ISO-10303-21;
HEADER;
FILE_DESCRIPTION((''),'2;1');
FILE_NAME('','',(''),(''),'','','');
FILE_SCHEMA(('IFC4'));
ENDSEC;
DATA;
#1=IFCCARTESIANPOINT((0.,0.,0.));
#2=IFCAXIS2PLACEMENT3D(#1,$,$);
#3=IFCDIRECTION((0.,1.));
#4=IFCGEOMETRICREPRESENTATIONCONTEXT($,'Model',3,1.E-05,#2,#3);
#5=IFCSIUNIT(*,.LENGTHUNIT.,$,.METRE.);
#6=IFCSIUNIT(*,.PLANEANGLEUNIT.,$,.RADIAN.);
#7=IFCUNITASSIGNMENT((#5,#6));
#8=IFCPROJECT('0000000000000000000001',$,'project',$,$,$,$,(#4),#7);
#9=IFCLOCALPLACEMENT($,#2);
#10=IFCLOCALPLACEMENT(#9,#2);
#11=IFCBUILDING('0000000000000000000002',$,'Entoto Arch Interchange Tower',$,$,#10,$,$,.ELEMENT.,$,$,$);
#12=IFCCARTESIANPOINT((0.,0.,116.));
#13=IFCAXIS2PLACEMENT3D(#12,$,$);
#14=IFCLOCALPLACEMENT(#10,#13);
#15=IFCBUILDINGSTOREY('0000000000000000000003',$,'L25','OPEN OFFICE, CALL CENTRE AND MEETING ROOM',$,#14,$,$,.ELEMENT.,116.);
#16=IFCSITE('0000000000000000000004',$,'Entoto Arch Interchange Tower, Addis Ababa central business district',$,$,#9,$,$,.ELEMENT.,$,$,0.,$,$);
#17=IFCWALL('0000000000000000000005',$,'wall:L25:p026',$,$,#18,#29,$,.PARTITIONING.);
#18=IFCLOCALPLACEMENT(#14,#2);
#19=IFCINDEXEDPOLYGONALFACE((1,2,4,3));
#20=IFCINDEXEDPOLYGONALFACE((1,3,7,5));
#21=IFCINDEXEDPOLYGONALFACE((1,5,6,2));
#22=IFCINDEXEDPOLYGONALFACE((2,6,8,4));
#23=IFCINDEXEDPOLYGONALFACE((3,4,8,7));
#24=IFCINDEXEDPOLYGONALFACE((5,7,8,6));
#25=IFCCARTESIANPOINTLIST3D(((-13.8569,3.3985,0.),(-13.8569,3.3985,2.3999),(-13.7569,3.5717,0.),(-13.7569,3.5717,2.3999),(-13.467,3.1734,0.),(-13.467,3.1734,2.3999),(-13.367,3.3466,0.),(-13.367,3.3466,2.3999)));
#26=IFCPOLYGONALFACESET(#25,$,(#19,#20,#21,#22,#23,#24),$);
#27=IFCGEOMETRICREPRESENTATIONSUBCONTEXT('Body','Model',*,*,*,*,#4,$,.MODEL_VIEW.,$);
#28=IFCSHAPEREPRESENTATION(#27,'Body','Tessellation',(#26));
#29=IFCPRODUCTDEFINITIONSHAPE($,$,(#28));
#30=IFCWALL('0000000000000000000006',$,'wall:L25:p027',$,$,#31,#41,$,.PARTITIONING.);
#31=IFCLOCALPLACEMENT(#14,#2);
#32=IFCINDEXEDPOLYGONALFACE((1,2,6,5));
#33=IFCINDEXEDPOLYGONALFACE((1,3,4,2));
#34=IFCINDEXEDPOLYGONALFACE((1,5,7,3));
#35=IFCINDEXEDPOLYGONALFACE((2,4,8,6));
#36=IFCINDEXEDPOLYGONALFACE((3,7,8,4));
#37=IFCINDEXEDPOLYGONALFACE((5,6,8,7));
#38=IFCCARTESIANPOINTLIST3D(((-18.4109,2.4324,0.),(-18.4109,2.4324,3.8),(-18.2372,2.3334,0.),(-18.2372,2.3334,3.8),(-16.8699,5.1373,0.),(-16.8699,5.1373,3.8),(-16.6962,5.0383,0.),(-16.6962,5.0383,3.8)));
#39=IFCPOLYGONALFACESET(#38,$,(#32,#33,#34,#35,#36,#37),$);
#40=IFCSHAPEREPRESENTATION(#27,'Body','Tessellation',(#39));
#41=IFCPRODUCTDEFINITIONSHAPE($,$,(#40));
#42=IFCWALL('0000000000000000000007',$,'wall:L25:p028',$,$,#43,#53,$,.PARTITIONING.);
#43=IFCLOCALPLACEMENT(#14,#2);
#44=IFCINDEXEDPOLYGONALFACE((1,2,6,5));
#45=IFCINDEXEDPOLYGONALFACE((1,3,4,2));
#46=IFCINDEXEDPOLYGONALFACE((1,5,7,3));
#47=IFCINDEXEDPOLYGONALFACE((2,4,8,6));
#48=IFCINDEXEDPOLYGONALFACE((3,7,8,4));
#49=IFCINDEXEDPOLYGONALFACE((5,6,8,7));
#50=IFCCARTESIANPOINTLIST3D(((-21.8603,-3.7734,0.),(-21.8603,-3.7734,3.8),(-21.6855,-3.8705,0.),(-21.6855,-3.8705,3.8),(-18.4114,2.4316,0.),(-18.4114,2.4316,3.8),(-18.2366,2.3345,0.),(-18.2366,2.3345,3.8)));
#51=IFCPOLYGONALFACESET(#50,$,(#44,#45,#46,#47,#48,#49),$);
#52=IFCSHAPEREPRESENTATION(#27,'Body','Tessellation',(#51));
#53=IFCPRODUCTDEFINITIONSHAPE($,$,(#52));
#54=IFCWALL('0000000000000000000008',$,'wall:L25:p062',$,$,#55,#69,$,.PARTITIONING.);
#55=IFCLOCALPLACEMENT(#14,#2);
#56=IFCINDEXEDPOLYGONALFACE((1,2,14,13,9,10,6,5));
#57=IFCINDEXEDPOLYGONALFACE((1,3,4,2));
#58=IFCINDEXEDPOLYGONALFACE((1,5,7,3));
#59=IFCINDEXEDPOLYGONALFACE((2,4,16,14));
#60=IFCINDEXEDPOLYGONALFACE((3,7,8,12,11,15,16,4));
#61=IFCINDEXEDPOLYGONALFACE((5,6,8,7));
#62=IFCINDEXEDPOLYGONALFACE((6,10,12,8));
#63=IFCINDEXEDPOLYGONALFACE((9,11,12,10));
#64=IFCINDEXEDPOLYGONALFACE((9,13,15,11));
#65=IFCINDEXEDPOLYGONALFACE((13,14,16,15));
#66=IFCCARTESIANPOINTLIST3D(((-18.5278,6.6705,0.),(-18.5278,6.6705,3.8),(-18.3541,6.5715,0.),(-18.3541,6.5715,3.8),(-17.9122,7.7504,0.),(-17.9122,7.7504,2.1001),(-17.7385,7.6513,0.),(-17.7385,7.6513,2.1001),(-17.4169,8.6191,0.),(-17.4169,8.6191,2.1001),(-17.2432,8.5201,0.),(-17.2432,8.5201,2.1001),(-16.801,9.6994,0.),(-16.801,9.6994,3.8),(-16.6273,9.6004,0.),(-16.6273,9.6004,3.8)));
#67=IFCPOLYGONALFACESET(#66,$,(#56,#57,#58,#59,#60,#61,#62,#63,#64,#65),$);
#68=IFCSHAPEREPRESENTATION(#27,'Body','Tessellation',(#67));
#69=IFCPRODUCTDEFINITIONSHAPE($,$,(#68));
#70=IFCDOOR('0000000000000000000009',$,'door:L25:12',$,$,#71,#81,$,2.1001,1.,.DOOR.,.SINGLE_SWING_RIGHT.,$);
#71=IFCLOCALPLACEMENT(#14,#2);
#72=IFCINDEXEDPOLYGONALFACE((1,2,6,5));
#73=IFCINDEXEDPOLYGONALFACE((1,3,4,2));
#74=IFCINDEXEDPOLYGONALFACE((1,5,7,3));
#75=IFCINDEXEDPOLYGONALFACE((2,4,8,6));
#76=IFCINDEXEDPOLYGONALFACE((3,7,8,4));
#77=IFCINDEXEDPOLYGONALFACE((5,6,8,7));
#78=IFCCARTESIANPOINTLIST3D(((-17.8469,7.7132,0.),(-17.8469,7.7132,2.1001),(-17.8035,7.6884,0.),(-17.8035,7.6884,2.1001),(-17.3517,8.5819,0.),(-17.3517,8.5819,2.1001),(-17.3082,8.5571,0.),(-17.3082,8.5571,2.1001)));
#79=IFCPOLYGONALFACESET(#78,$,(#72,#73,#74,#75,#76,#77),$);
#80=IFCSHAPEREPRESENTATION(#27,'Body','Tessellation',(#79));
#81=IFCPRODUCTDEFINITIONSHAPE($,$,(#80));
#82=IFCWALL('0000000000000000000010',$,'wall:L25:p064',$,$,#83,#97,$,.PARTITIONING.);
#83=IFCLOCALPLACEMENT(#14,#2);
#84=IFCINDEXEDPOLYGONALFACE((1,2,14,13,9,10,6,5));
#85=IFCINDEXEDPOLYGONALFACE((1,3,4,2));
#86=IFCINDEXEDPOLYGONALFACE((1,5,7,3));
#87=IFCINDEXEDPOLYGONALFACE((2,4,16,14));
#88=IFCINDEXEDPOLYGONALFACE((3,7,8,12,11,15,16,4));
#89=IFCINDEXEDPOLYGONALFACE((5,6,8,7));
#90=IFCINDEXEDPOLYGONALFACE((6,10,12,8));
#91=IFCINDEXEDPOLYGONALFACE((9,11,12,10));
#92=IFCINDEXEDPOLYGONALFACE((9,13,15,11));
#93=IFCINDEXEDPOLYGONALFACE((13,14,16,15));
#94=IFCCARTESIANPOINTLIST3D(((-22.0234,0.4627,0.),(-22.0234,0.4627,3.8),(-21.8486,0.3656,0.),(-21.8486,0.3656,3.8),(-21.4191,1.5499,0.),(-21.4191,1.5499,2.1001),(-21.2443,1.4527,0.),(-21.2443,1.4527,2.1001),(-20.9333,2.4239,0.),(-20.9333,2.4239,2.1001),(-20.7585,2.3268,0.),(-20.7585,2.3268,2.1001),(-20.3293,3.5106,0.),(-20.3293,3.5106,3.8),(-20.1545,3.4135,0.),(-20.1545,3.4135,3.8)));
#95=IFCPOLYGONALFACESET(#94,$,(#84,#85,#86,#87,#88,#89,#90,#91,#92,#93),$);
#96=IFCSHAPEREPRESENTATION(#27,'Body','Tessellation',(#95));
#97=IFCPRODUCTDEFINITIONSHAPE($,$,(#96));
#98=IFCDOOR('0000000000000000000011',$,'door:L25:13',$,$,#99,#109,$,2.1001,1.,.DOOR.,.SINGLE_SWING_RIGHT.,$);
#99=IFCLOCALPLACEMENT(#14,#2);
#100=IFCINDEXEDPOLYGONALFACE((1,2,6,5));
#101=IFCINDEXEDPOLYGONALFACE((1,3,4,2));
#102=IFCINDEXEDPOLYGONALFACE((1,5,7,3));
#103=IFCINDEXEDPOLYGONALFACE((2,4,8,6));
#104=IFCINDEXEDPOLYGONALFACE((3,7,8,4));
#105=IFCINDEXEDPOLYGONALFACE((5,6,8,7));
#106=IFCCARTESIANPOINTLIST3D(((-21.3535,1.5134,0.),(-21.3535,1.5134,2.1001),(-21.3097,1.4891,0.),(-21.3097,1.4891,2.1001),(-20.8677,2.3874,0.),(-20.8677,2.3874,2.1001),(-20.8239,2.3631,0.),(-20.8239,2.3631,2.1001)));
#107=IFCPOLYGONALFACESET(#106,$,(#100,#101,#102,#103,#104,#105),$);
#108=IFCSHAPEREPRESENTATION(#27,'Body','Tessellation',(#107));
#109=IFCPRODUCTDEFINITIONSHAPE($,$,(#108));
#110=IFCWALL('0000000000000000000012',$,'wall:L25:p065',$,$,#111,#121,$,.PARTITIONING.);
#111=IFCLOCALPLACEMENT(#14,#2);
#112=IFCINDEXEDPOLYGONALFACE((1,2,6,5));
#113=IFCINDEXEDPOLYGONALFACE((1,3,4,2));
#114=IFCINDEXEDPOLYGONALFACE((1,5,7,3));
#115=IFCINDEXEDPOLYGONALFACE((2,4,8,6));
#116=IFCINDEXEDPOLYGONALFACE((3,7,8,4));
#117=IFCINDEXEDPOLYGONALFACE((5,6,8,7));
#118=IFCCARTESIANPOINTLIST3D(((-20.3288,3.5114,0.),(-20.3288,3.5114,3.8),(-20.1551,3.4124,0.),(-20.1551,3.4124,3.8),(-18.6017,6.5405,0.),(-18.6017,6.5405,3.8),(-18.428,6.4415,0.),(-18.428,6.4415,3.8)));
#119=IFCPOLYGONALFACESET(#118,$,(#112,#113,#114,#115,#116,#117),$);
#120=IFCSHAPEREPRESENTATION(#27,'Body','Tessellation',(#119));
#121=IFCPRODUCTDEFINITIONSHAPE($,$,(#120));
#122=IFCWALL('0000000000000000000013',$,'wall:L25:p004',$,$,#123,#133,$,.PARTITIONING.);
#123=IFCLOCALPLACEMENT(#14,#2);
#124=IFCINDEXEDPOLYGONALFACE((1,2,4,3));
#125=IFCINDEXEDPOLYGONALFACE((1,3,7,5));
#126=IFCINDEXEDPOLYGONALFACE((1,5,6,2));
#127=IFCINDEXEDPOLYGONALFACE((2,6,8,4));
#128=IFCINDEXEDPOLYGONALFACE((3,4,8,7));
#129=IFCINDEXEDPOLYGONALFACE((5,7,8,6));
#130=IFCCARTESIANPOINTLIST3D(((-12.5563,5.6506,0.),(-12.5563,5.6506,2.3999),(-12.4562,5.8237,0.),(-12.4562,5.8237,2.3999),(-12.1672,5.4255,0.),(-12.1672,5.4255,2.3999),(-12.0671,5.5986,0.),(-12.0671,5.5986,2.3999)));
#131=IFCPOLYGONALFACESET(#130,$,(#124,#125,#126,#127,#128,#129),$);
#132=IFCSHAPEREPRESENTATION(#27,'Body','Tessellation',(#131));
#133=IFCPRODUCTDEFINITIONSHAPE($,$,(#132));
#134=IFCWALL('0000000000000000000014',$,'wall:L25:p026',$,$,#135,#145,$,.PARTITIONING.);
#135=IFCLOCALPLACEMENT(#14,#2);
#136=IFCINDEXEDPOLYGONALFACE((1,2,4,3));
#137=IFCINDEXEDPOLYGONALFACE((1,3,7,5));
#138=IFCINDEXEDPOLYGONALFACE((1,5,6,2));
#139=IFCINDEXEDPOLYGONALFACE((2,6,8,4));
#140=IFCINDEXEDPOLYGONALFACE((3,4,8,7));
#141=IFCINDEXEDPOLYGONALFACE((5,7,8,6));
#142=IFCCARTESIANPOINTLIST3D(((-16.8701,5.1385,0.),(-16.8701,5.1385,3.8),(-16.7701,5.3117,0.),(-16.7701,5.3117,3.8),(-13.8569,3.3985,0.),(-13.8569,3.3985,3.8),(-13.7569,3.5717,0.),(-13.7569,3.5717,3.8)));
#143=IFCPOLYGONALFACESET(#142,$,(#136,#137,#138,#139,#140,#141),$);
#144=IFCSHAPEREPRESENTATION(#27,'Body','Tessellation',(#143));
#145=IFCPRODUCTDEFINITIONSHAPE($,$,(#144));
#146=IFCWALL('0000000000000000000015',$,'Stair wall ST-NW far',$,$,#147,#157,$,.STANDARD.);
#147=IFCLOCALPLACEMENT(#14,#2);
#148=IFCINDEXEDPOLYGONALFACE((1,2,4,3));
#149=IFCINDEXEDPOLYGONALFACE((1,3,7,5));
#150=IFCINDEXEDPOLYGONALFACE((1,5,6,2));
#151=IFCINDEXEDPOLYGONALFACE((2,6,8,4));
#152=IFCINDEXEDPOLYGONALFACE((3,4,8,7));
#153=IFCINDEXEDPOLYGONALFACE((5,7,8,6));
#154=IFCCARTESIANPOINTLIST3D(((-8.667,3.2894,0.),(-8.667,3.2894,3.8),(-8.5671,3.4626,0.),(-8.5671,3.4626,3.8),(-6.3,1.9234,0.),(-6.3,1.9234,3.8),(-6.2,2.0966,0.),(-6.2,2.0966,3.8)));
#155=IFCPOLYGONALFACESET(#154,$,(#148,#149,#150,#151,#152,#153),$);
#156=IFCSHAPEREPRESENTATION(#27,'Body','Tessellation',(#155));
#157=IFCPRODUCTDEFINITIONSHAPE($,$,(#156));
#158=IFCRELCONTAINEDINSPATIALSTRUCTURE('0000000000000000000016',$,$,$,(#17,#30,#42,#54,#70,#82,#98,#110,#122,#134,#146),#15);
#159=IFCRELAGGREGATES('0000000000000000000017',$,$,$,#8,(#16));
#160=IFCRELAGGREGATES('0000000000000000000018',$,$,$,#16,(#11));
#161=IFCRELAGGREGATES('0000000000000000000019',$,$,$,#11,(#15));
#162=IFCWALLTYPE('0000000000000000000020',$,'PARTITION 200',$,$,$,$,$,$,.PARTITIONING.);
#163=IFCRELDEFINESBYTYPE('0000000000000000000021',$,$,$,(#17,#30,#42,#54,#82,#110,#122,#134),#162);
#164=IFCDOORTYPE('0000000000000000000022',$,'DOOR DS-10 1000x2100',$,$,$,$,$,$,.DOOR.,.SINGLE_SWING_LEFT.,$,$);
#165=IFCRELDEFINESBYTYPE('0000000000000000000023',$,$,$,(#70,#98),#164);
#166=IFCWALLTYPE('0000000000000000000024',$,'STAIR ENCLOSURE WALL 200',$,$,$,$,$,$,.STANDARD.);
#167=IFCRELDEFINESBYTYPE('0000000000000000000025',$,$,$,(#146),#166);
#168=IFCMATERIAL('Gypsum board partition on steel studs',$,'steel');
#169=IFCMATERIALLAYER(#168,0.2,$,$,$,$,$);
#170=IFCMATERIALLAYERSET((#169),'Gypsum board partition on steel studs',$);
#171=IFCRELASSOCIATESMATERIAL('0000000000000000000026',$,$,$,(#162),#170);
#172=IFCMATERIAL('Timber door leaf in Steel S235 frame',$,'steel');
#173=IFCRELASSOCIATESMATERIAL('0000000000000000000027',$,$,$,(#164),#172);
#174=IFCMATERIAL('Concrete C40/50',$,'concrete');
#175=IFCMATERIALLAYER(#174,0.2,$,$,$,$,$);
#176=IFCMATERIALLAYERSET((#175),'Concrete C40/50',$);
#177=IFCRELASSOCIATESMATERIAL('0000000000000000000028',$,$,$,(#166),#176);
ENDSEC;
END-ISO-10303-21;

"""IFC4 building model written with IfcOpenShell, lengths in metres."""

from ifc_helpers import new_model, si_unit, direction, frame, frame_2d, origin, place, context, subcontext, project, spatial, rectangle, extrude, material, layer, layer_set, type_object, element, fill, save


model = new_model("IFC4")

# Units and contexts
model_context = context("Model", 3, precision=1e-05, world=origin(), true_north=direction((0.0, 1.0)))
body_context = subcontext(model_context, "Body", "Model", "MODEL_VIEW")
ifc_project = project(units=[si_unit("LENGTHUNIT", "METRE"), si_unit("PLANEANGLEUNIT", "RADIAN")], contexts=[model_context])

# Site, building, storey
site_placement = place(None, origin())
site = spatial("IfcSite", under=ifc_project, at=site_placement, Name="Entoto Arch Interchange Tower, Addis Ababa central business district", CompositionType="ELEMENT", RefElevation=0.0)
building_placement = place(site_placement, origin())
building = spatial("IfcBuilding", under=site, at=building_placement, Name="Entoto Arch Interchange Tower", CompositionType="ELEMENT")
storey_placement = place(building_placement, frame((0.0, 0.0, 116.0)))
storey = spatial("IfcBuildingStorey", under=building, at=storey_placement, Name="L25", Description="OPEN OFFICE, CALL CENTRE AND MEETING ROOM", CompositionType="ELEMENT", Elevation=116.0)

# Walls
ifc_material_1 = material(Name="Concrete C40/50", Category="concrete")
ifc_material_2 = material(Name="Gypsum board partition on steel studs", Category="steel")
ifc_layer_1 = layer(ifc_material_2, 0.2)
ifc_layer_set_1 = layer_set([ifc_layer_1], Name="Gypsum board partition on steel studs")
wall_type_1 = type_object("IfcWallType", Name="PARTITION 200", PredefinedType="PARTITIONING", material=ifc_layer_set_1)
wall_1_placement = place(storey_placement, frame((-13.417, 3.26, 0.0), z_axis=(0.0, 0.0, 1.0), x_axis=(-0.866032, 0.499988, 0.0)))
element("IfcWall", 1, at=wall_1_placement, inside=storey, type_object=wall_type_1, Name="wall:L25:p026", PredefinedType="PARTITIONING", context=body_context, shape_type="SweptSolid", body=[
    extrude(rectangle(XDim=0.4502, YDim=0.2, at=frame_2d((0.2251, 0.0))), origin(), (0.0, 0.0, 1.0), 2.3999),
])
wall_2_placement = place(storey_placement, frame((-16.783, 5.0879, 0.0), z_axis=(0.0, 0.0, 1.0), x_axis=(-0.495024, -0.868879, 0.0)))
element("IfcWall", 2, at=wall_2_placement, inside=storey, type_object=wall_type_1, Name="wall:L25:p027", PredefinedType="PARTITIONING", context=body_context, shape_type="SweptSolid", body=[
    extrude(rectangle(XDim=3.113, YDim=0.2, at=frame_2d((1.5566, 0.0))), origin(), (0.0, 0.0, 1.0), 3.8),
])
wall_3_placement = place(storey_placement, frame((-18.324, 2.3831, 0.0), z_axis=(0.0, 0.0, 1.0), x_axis=(-0.485827, -0.874055, 0.0)))
element("IfcWall", 3, at=wall_3_placement, inside=storey, type_object=wall_type_1, Name="wall:L25:p028", PredefinedType="PARTITIONING", context=body_context, shape_type="SweptSolid", body=[
    extrude(rectangle(XDim=7.0991, YDim=0.2, at=frame_2d((3.5496, 0.0))), origin(), (0.0, 0.0, 1.0), 3.8),
])

# Walls, openings, doors
wall_4_placement = place(storey_placement, frame((-18.4409, 6.6211, 0.0), z_axis=(0.0, 0.0, 1.0), x_axis=(0.495287, 0.86873, 0.0)))
wall_4 = element("IfcWall", 4, at=wall_4_placement, inside=storey, type_object=wall_type_1, Name="wall:L25:p062", PredefinedType="PARTITIONING", context=body_context, shape_type="SweptSolid", body=[
    extrude(rectangle(XDim=3.4866, YDim=0.2, at=frame_2d((1.7432, 0.0))), origin(), (0.0, 0.0, 1.0), 3.8),
])
opening_1_placement = place(wall_4_placement, frame((1.2429, 0.0, 0.0)))
opening_1 = element("IfcOpeningElement", 5, at=opening_1_placement, cuts=wall_4, PredefinedType="OPENING", context=body_context, shape_type="SweptSolid", body=[
    extrude(rectangle(XDim=1.0, YDim=2.1001, at=frame_2d((0.5, 1.05))), frame((0.0, 0.1099, 0.0), z_axis=(0.0, -1.0, 0.0), x_axis=(1.0, 0.0, 0.0)), (0.0, 0.0, 1.0), 0.22),
])
ifc_material_3 = material(Name="Timber door leaf in Steel S235 frame", Category="steel")
door_type_1 = type_object("IfcDoorType", Name="DOOR DS-10 1000x2100", OperationType="SINGLE_SWING_LEFT", PredefinedType="DOOR", material=ifc_material_3)
door_1_placement = place(opening_1_placement, origin())
door_1 = element("IfcDoor", 6, at=door_1_placement, inside=storey, type_object=door_type_1, Name="door:L25:12", OperationType="SINGLE_SWING_RIGHT", OverallHeight=2.1001, OverallWidth=1.0, PredefinedType="DOOR", context=body_context, shape_type="SweptSolid", body=[
    extrude(rectangle(XDim=1.0, YDim=2.1001, at=frame_2d((0.5, 1.05))), frame((0.0, 0.0249, 0.0), z_axis=(0.0, -1.0, 0.0), x_axis=(1.0, 0.0, 0.0)), (0.0, 0.0, 1.0), 0.05),
])
fill(opening_1, door_1)
wall_5_placement = place(storey_placement, frame((-21.936, 0.4141, 0.0), z_axis=(0.0, 0.0, 1.0), x_axis=(0.485827, 0.874055, 0.0)))
wall_5 = element("IfcWall", 7, at=wall_5_placement, inside=storey, type_object=wall_type_1, Name="wall:L25:p064", PredefinedType="PARTITIONING", context=body_context, shape_type="SweptSolid", body=[
    extrude(rectangle(XDim=3.4871, YDim=0.2, at=frame_2d((1.7437, 0.0))), origin(), (0.0, 0.0, 1.0), 3.8),
])
opening_2_placement = place(wall_5_placement, frame((1.2439, 0.0, 0.0)))
opening_2 = element("IfcOpeningElement", 8, at=opening_2_placement, cuts=wall_5, PredefinedType="OPENING", context=body_context, shape_type="SweptSolid", body=[
    extrude(rectangle(XDim=1.0, YDim=2.1001, at=frame_2d((0.5, 1.05))), frame((0.0, 0.1099, 0.0), z_axis=(0.0, -1.0, 0.0), x_axis=(1.0, 0.0, 0.0)), (0.0, 0.0, 1.0), 0.22),
])
door_2_placement = place(opening_2_placement, origin())
door_2 = element("IfcDoor", 9, at=door_2_placement, inside=storey, type_object=door_type_1, Name="door:L25:13", OperationType="SINGLE_SWING_RIGHT", OverallHeight=2.1001, OverallWidth=1.0, PredefinedType="DOOR", context=body_context, shape_type="SweptSolid", body=[
    extrude(rectangle(XDim=1.0, YDim=2.1001, at=frame_2d((0.5, 1.05))), frame((0.0, 0.0249, 0.0), z_axis=(0.0, -1.0, 0.0), x_axis=(1.0, 0.0, 0.0)), (0.0, 0.0, 1.0), 0.05),
])
fill(opening_2, door_2)

# Walls
wall_6_placement = place(storey_placement, frame((-20.2419, 3.4619, 0.0), z_axis=(0.0, 0.0, 1.0), x_axis=(0.495309, 0.868717, 0.0)))
element("IfcWall", 10, at=wall_6_placement, inside=storey, type_object=wall_type_1, Name="wall:L25:p065", PredefinedType="PARTITIONING", context=body_context, shape_type="SweptSolid", body=[
    extrude(rectangle(XDim=3.4868, YDim=0.2, at=frame_2d((1.7434, 0.0))), origin(), (0.0, 0.0, 1.0), 3.8),
])
wall_7_placement = place(storey_placement, frame((-12.5061, 5.7371, 0.0), z_axis=(0.0, 0.0, 1.0), x_axis=(0.865625, -0.500694, 0.0)))
element("IfcWall", 11, at=wall_7_placement, inside=storey, type_object=wall_type_1, Name="wall:L25:p004", PredefinedType="PARTITIONING", context=body_context, shape_type="SweptSolid", body=[
    extrude(rectangle(XDim=0.4495, YDim=0.2, at=frame_2d((0.2246, 0.0))), origin(), (0.0, 0.0, 1.0), 2.3999),
])
wall_8_placement = place(storey_placement, frame((-13.8069, 3.4851, 0.0), z_axis=(0.0, 0.0, 1.0), x_axis=(-0.865985, 0.500071, 0.0)))
element("IfcWall", 12, at=wall_8_placement, inside=storey, type_object=wall_type_1, Name="wall:L25:p026", PredefinedType="PARTITIONING", context=body_context, shape_type="SweptSolid", body=[
    extrude(rectangle(XDim=3.4795, YDim=0.2, at=frame_2d((1.7397, 0.0))), origin(), (0.0, 0.0, 1.0), 3.8),
])
ifc_layer_2 = layer(ifc_material_1, 0.2)
ifc_layer_set_2 = layer_set([ifc_layer_2], Name="Concrete C40/50")
wall_type_2 = type_object("IfcWallType", Name="STAIR ENCLOSURE WALL 200", PredefinedType="STANDARD", material=ifc_layer_set_2)
wall_9_placement = place(storey_placement, frame((-6.25, 2.01, 0.0), z_axis=(0.0, 0.0, 1.0), x_axis=(-0.866119, 0.499838, 0.0)))
element("IfcWall", 13, at=wall_9_placement, inside=storey, type_object=wall_type_2, Name="Stair wall ST-NW far", PredefinedType="STANDARD", context=body_context, shape_type="SweptSolid", body=[
    extrude(rectangle(XDim=2.7329, YDim=0.2, at=frame_2d((1.3665, 0.0))), origin(), (0.0, 0.0, 1.0), 3.8),
])

save(model, "model.ifc")
